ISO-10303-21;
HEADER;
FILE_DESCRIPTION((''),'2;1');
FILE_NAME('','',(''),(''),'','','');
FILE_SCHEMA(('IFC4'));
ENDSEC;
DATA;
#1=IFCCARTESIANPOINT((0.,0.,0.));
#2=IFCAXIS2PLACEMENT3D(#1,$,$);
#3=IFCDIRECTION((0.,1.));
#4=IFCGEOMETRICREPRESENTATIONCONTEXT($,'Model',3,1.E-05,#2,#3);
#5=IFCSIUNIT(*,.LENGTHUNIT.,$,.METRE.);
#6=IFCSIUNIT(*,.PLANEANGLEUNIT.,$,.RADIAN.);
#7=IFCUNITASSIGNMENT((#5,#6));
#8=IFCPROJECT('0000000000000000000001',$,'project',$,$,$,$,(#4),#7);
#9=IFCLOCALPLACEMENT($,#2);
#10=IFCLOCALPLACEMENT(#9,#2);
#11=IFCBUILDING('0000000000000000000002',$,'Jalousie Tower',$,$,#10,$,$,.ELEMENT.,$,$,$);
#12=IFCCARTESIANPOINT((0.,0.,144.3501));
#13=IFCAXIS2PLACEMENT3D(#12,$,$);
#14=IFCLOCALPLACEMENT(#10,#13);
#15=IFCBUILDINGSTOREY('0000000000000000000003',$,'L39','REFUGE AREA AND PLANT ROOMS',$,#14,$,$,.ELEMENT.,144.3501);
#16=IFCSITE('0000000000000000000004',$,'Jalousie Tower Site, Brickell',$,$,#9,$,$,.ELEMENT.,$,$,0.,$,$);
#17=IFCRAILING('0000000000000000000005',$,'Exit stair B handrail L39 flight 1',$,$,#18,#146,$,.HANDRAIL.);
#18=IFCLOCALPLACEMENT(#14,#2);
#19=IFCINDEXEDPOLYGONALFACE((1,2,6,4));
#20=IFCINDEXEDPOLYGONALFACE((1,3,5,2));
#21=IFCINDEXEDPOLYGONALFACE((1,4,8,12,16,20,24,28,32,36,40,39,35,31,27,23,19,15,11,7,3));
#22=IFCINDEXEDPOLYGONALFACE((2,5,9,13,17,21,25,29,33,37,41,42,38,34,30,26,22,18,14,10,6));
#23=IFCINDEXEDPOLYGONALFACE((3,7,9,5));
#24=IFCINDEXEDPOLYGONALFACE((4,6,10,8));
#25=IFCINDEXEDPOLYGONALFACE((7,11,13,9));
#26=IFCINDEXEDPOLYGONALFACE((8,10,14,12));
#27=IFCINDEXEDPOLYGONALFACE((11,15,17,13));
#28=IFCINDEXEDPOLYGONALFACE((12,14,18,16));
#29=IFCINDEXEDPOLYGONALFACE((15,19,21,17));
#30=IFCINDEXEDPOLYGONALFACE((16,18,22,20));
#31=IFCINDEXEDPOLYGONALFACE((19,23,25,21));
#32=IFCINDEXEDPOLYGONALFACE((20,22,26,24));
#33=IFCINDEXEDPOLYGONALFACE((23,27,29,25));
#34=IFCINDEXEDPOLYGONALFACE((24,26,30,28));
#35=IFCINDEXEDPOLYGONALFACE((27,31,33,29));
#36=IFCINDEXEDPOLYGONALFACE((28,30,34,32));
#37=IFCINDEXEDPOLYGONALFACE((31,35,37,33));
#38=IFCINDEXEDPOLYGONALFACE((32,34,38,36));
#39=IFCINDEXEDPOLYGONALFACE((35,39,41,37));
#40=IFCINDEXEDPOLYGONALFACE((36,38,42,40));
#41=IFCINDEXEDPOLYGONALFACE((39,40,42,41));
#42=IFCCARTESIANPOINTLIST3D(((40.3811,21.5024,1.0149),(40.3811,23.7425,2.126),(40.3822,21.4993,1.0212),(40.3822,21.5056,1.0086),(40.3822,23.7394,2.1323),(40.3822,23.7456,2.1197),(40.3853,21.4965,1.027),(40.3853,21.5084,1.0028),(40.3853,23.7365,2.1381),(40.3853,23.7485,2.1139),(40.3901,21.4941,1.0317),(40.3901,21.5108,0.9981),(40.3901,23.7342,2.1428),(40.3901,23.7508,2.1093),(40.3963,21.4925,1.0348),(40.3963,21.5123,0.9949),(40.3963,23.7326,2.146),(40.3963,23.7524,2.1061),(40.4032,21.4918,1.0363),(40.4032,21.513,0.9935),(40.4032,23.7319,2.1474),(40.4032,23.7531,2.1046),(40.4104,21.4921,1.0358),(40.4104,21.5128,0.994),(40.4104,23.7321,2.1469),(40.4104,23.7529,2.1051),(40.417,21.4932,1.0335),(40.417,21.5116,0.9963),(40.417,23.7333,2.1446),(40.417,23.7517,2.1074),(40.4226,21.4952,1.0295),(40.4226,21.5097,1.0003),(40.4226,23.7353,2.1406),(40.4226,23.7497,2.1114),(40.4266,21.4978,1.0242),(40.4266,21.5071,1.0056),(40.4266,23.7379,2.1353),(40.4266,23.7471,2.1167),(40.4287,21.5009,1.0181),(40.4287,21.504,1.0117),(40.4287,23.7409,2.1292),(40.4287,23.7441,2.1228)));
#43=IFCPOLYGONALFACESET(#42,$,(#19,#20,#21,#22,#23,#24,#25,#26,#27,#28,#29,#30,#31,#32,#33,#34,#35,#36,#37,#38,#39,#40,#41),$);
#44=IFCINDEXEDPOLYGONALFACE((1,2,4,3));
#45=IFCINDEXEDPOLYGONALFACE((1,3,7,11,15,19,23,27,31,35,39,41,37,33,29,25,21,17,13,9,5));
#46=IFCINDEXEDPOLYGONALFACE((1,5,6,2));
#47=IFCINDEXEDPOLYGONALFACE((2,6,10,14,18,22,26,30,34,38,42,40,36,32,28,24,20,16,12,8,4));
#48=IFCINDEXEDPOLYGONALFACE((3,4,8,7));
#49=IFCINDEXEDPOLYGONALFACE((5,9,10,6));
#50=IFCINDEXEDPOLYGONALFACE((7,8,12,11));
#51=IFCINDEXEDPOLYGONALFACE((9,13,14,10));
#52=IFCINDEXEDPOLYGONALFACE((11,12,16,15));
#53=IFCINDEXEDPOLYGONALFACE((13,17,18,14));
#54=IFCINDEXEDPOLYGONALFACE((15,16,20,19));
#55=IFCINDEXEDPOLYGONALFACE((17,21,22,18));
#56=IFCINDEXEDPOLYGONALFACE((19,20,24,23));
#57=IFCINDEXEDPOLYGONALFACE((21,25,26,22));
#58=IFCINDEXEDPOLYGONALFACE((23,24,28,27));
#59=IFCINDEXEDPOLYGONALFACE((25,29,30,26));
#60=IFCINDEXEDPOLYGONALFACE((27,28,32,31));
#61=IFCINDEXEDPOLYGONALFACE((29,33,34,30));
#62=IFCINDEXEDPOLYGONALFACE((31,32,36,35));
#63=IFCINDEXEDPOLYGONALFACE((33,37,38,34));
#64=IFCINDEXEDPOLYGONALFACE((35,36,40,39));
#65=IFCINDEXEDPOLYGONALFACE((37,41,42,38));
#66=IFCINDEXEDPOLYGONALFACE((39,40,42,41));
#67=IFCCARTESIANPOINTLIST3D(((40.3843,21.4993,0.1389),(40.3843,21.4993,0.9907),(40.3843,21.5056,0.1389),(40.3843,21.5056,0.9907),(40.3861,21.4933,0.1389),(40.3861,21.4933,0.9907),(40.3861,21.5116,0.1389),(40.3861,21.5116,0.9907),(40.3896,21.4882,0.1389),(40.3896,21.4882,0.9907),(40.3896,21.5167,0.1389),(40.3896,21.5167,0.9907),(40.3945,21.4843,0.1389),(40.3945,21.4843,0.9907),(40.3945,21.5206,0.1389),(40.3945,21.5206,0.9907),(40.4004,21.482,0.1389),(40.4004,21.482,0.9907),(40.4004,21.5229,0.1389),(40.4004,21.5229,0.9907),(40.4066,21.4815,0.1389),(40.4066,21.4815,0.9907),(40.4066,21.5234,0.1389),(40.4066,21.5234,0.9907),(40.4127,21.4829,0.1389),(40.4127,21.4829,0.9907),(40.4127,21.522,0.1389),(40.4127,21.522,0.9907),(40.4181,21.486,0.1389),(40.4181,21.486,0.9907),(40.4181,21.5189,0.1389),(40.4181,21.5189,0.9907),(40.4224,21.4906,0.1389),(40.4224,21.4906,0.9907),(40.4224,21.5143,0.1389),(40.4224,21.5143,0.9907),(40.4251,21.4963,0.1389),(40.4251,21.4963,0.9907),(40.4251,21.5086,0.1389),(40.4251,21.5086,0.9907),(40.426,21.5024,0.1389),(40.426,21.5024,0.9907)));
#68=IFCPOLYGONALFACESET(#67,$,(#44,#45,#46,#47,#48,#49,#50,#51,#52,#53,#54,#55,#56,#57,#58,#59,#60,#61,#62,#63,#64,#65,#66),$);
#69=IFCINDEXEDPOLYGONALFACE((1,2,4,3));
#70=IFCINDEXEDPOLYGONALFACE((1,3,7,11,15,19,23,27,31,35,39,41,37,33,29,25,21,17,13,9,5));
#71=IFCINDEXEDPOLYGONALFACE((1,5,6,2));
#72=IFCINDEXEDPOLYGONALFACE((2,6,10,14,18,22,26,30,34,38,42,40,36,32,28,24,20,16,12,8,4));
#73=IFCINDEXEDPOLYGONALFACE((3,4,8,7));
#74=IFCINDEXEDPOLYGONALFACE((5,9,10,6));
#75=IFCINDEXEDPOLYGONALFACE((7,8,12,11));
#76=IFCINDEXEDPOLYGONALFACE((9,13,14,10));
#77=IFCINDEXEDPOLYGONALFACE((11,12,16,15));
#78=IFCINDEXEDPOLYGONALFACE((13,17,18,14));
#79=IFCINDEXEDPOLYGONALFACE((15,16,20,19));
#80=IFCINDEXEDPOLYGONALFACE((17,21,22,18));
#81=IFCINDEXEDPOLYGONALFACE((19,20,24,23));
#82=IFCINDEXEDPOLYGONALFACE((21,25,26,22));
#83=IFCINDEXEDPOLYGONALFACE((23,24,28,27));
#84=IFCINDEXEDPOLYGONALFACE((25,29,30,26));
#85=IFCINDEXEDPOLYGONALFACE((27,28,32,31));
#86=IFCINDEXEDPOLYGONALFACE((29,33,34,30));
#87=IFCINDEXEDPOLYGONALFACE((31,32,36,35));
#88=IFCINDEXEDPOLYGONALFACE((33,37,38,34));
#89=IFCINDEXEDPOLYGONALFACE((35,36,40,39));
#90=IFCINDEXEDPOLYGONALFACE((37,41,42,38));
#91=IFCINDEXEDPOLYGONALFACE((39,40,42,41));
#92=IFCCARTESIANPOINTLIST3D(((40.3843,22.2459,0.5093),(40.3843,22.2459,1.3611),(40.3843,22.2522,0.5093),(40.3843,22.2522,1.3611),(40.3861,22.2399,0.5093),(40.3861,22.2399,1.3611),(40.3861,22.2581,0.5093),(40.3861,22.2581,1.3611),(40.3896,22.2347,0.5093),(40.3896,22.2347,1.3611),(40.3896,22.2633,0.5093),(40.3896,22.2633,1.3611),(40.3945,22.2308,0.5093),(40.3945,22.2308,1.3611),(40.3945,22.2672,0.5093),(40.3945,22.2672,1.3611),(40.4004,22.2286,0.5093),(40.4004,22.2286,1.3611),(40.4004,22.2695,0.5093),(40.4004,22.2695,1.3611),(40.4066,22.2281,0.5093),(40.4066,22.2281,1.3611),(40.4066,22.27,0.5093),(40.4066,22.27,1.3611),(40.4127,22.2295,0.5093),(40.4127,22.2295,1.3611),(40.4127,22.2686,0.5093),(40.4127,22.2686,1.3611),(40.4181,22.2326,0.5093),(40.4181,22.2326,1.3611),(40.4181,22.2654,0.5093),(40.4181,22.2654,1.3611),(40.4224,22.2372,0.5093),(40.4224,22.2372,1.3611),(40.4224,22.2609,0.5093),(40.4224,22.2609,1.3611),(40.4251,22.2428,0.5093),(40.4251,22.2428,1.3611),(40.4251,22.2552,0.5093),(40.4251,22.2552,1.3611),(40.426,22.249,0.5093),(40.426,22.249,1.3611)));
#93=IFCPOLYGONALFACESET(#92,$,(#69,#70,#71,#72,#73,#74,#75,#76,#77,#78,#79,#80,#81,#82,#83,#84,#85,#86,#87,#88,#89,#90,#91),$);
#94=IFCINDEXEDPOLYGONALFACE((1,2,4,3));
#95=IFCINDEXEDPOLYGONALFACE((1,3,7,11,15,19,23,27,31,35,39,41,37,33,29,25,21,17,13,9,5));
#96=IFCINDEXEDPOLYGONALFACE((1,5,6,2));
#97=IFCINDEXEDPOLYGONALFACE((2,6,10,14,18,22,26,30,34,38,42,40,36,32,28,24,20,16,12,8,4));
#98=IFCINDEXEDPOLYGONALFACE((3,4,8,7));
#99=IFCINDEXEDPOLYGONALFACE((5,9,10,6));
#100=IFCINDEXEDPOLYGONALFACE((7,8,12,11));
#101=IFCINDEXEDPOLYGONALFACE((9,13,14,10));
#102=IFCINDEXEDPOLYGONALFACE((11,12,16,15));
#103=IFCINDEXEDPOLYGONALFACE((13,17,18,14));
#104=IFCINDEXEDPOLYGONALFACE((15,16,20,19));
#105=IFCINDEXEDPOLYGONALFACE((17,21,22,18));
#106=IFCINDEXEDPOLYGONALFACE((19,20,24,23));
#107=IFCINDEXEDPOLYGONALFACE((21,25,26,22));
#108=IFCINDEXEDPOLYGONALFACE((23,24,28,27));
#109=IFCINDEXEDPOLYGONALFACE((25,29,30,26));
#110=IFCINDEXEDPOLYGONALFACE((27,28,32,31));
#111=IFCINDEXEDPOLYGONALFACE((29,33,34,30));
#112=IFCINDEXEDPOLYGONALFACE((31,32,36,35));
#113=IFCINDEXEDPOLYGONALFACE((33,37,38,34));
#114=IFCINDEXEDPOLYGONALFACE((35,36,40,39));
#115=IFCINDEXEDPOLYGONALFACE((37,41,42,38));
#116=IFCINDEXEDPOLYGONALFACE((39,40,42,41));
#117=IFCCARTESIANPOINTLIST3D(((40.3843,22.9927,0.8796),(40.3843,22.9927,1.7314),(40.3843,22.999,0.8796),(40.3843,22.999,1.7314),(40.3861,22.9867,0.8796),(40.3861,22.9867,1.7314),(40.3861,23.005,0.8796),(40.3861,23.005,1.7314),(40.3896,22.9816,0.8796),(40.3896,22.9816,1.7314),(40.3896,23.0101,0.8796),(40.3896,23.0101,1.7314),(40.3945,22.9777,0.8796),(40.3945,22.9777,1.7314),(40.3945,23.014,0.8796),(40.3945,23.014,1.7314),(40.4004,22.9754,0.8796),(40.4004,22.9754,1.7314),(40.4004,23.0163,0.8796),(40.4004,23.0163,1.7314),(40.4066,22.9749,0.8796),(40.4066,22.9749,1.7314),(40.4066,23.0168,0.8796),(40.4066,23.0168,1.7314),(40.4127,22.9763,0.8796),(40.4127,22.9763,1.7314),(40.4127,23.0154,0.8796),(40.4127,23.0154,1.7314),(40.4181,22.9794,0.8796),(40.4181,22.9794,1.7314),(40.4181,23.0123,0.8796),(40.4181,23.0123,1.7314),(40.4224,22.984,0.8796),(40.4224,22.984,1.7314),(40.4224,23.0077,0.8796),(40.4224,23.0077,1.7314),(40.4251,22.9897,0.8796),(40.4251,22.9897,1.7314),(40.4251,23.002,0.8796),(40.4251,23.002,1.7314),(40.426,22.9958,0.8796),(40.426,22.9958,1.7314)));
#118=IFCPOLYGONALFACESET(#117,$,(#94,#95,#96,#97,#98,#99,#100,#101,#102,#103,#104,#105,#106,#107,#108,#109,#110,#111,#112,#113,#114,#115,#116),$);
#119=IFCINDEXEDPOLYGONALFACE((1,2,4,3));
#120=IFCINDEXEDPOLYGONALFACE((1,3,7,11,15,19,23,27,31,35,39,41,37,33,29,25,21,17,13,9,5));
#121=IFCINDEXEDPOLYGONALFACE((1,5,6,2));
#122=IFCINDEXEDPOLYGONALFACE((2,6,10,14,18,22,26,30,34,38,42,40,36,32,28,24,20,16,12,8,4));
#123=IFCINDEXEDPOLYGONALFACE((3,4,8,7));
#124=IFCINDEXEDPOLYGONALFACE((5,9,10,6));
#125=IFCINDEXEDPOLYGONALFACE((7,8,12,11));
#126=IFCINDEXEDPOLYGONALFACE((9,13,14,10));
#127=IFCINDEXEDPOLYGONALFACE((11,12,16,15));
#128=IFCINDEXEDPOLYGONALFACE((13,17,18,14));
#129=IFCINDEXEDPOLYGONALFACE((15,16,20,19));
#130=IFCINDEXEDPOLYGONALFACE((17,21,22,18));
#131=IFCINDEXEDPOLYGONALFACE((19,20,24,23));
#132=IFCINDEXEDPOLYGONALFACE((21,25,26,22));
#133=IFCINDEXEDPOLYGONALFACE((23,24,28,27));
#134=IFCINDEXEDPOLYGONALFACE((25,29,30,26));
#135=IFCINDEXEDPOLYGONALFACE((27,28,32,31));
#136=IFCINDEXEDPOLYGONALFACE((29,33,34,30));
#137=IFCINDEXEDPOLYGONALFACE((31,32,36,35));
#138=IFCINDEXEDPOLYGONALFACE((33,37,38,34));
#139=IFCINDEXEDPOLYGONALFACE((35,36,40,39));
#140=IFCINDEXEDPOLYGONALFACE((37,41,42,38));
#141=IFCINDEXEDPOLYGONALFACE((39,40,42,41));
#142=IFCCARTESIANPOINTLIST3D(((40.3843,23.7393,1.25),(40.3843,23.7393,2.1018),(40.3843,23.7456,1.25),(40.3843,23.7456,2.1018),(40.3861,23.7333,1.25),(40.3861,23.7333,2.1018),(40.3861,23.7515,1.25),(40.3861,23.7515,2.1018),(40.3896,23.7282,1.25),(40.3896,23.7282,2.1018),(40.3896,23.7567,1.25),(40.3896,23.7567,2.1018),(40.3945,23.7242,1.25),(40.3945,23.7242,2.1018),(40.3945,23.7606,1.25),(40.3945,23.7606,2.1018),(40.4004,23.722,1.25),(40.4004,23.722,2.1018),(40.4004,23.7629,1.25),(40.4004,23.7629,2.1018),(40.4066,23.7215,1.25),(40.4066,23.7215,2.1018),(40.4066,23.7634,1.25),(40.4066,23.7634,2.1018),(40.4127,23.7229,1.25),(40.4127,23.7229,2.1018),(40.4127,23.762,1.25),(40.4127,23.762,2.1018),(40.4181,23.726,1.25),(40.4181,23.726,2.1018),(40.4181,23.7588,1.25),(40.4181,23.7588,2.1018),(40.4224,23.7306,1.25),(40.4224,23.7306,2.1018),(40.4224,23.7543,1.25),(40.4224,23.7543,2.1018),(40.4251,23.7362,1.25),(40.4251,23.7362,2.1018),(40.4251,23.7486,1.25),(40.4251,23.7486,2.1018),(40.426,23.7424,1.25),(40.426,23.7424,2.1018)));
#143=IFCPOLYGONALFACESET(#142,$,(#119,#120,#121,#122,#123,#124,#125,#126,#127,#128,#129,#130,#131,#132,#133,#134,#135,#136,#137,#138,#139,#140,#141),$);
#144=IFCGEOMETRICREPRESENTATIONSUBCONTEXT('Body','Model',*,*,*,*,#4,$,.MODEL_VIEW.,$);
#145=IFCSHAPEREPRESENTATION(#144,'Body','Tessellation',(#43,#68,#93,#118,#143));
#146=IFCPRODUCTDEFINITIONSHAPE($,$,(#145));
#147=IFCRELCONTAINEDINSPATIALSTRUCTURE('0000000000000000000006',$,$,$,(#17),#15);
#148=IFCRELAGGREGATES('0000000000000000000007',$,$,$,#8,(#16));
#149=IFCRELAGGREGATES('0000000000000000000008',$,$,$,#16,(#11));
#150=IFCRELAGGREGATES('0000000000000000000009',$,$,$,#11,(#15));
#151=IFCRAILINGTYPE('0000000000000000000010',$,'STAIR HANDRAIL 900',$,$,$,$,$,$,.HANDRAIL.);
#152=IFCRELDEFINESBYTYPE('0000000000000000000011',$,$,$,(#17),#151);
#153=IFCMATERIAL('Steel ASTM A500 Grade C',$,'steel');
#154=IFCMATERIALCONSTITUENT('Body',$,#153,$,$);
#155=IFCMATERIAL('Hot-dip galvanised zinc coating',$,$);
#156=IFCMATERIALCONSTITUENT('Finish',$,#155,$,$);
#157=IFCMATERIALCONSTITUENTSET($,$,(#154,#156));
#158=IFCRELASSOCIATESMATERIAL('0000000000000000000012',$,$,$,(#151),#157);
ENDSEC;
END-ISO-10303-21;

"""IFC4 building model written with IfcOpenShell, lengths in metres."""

from ifc_helpers import new_model, si_unit, direction, frame, origin, origin_2d, place, context, subcontext, project, spatial, circle, extrude, material, constituent, constituent_set, type_object, element, save


model = new_model("IFC4")

# Units and contexts
model_context = context("Model", 3, precision=1e-05, world=origin(), true_north=direction((0.0, 1.0)))
body_context = subcontext(model_context, "Body", "Model", "MODEL_VIEW")
ifc_project = project(units=[si_unit("LENGTHUNIT", "METRE"), si_unit("PLANEANGLEUNIT", "RADIAN")], contexts=[model_context])

# Site, building, storey
site_placement = place(None, origin())
site = spatial("IfcSite", under=ifc_project, at=site_placement, Name="Jalousie Tower Site, Brickell", CompositionType="ELEMENT", RefElevation=0.0)
building_placement = place(site_placement, origin())
building = spatial("IfcBuilding", under=site, at=building_placement, Name="Jalousie Tower", CompositionType="ELEMENT")
storey_placement = place(building_placement, frame((0.0, 0.0, 144.3501)))
storey = spatial("IfcBuildingStorey", under=building, at=storey_placement, Name="L39", Description="REFUGE AREA AND PLANT ROOMS", CompositionType="ELEMENT", Elevation=144.3501)

# Railing
ifc_material_1 = material(Name="Steel ASTM A500 Grade C", Category="steel")
ifc_constituent_1 = constituent(ifc_material_1, Name="Body")
ifc_material_2 = material(Name="Hot-dip galvanised zinc coating")
ifc_constituent_2 = constituent(ifc_material_2, Name="Finish")
ifc_constituent_set_1 = constituent_set(constituents=[ifc_constituent_1, ifc_constituent_2])
railing_type = type_object("IfcRailingType", Name="STAIR HANDRAIL 900", PredefinedType="HANDRAIL", material=ifc_constituent_set_1)
for number, where, name in (
    (1, (40.405, 21.5024, 0.1389), "Exit stair B handrail L39 flight 1"),
):
    element("IfcRailing", number, at=place(storey_placement, frame(where)), inside=storey, type_object=railing_type, Name=name, PredefinedType="HANDRAIL", context=body_context, shape_type="SweptSolid", body=[
        extrude(circle(Radius=0.0239, at=origin_2d()), frame((0.0, 0.0, 0.876), z_axis=(0.0, 0.895848, 0.44436), x_axis=(-1.0, 0.0, 0.0)), (0.0, 0.0, 1.0), 2.5005),
        extrude(circle(Radius=0.021, at=origin_2d()), origin(), (0.0, 0.0, 1.0), 0.8518),
        extrude(circle(Radius=0.021, at=origin_2d()), frame((0.0, 0.7466, 0.3704)), (0.0, 0.0, 1.0), 0.8518),
        extrude(circle(Radius=0.021, at=origin_2d()), frame((0.0, 1.4934, 0.7407)), (0.0, 0.0, 1.0), 0.8518),
        extrude(circle(Radius=0.021, at=origin_2d()), frame((0.0, 2.24, 1.1111)), (0.0, 0.0, 1.0), 0.8518),
    ])

save(model, "model.ifc")
